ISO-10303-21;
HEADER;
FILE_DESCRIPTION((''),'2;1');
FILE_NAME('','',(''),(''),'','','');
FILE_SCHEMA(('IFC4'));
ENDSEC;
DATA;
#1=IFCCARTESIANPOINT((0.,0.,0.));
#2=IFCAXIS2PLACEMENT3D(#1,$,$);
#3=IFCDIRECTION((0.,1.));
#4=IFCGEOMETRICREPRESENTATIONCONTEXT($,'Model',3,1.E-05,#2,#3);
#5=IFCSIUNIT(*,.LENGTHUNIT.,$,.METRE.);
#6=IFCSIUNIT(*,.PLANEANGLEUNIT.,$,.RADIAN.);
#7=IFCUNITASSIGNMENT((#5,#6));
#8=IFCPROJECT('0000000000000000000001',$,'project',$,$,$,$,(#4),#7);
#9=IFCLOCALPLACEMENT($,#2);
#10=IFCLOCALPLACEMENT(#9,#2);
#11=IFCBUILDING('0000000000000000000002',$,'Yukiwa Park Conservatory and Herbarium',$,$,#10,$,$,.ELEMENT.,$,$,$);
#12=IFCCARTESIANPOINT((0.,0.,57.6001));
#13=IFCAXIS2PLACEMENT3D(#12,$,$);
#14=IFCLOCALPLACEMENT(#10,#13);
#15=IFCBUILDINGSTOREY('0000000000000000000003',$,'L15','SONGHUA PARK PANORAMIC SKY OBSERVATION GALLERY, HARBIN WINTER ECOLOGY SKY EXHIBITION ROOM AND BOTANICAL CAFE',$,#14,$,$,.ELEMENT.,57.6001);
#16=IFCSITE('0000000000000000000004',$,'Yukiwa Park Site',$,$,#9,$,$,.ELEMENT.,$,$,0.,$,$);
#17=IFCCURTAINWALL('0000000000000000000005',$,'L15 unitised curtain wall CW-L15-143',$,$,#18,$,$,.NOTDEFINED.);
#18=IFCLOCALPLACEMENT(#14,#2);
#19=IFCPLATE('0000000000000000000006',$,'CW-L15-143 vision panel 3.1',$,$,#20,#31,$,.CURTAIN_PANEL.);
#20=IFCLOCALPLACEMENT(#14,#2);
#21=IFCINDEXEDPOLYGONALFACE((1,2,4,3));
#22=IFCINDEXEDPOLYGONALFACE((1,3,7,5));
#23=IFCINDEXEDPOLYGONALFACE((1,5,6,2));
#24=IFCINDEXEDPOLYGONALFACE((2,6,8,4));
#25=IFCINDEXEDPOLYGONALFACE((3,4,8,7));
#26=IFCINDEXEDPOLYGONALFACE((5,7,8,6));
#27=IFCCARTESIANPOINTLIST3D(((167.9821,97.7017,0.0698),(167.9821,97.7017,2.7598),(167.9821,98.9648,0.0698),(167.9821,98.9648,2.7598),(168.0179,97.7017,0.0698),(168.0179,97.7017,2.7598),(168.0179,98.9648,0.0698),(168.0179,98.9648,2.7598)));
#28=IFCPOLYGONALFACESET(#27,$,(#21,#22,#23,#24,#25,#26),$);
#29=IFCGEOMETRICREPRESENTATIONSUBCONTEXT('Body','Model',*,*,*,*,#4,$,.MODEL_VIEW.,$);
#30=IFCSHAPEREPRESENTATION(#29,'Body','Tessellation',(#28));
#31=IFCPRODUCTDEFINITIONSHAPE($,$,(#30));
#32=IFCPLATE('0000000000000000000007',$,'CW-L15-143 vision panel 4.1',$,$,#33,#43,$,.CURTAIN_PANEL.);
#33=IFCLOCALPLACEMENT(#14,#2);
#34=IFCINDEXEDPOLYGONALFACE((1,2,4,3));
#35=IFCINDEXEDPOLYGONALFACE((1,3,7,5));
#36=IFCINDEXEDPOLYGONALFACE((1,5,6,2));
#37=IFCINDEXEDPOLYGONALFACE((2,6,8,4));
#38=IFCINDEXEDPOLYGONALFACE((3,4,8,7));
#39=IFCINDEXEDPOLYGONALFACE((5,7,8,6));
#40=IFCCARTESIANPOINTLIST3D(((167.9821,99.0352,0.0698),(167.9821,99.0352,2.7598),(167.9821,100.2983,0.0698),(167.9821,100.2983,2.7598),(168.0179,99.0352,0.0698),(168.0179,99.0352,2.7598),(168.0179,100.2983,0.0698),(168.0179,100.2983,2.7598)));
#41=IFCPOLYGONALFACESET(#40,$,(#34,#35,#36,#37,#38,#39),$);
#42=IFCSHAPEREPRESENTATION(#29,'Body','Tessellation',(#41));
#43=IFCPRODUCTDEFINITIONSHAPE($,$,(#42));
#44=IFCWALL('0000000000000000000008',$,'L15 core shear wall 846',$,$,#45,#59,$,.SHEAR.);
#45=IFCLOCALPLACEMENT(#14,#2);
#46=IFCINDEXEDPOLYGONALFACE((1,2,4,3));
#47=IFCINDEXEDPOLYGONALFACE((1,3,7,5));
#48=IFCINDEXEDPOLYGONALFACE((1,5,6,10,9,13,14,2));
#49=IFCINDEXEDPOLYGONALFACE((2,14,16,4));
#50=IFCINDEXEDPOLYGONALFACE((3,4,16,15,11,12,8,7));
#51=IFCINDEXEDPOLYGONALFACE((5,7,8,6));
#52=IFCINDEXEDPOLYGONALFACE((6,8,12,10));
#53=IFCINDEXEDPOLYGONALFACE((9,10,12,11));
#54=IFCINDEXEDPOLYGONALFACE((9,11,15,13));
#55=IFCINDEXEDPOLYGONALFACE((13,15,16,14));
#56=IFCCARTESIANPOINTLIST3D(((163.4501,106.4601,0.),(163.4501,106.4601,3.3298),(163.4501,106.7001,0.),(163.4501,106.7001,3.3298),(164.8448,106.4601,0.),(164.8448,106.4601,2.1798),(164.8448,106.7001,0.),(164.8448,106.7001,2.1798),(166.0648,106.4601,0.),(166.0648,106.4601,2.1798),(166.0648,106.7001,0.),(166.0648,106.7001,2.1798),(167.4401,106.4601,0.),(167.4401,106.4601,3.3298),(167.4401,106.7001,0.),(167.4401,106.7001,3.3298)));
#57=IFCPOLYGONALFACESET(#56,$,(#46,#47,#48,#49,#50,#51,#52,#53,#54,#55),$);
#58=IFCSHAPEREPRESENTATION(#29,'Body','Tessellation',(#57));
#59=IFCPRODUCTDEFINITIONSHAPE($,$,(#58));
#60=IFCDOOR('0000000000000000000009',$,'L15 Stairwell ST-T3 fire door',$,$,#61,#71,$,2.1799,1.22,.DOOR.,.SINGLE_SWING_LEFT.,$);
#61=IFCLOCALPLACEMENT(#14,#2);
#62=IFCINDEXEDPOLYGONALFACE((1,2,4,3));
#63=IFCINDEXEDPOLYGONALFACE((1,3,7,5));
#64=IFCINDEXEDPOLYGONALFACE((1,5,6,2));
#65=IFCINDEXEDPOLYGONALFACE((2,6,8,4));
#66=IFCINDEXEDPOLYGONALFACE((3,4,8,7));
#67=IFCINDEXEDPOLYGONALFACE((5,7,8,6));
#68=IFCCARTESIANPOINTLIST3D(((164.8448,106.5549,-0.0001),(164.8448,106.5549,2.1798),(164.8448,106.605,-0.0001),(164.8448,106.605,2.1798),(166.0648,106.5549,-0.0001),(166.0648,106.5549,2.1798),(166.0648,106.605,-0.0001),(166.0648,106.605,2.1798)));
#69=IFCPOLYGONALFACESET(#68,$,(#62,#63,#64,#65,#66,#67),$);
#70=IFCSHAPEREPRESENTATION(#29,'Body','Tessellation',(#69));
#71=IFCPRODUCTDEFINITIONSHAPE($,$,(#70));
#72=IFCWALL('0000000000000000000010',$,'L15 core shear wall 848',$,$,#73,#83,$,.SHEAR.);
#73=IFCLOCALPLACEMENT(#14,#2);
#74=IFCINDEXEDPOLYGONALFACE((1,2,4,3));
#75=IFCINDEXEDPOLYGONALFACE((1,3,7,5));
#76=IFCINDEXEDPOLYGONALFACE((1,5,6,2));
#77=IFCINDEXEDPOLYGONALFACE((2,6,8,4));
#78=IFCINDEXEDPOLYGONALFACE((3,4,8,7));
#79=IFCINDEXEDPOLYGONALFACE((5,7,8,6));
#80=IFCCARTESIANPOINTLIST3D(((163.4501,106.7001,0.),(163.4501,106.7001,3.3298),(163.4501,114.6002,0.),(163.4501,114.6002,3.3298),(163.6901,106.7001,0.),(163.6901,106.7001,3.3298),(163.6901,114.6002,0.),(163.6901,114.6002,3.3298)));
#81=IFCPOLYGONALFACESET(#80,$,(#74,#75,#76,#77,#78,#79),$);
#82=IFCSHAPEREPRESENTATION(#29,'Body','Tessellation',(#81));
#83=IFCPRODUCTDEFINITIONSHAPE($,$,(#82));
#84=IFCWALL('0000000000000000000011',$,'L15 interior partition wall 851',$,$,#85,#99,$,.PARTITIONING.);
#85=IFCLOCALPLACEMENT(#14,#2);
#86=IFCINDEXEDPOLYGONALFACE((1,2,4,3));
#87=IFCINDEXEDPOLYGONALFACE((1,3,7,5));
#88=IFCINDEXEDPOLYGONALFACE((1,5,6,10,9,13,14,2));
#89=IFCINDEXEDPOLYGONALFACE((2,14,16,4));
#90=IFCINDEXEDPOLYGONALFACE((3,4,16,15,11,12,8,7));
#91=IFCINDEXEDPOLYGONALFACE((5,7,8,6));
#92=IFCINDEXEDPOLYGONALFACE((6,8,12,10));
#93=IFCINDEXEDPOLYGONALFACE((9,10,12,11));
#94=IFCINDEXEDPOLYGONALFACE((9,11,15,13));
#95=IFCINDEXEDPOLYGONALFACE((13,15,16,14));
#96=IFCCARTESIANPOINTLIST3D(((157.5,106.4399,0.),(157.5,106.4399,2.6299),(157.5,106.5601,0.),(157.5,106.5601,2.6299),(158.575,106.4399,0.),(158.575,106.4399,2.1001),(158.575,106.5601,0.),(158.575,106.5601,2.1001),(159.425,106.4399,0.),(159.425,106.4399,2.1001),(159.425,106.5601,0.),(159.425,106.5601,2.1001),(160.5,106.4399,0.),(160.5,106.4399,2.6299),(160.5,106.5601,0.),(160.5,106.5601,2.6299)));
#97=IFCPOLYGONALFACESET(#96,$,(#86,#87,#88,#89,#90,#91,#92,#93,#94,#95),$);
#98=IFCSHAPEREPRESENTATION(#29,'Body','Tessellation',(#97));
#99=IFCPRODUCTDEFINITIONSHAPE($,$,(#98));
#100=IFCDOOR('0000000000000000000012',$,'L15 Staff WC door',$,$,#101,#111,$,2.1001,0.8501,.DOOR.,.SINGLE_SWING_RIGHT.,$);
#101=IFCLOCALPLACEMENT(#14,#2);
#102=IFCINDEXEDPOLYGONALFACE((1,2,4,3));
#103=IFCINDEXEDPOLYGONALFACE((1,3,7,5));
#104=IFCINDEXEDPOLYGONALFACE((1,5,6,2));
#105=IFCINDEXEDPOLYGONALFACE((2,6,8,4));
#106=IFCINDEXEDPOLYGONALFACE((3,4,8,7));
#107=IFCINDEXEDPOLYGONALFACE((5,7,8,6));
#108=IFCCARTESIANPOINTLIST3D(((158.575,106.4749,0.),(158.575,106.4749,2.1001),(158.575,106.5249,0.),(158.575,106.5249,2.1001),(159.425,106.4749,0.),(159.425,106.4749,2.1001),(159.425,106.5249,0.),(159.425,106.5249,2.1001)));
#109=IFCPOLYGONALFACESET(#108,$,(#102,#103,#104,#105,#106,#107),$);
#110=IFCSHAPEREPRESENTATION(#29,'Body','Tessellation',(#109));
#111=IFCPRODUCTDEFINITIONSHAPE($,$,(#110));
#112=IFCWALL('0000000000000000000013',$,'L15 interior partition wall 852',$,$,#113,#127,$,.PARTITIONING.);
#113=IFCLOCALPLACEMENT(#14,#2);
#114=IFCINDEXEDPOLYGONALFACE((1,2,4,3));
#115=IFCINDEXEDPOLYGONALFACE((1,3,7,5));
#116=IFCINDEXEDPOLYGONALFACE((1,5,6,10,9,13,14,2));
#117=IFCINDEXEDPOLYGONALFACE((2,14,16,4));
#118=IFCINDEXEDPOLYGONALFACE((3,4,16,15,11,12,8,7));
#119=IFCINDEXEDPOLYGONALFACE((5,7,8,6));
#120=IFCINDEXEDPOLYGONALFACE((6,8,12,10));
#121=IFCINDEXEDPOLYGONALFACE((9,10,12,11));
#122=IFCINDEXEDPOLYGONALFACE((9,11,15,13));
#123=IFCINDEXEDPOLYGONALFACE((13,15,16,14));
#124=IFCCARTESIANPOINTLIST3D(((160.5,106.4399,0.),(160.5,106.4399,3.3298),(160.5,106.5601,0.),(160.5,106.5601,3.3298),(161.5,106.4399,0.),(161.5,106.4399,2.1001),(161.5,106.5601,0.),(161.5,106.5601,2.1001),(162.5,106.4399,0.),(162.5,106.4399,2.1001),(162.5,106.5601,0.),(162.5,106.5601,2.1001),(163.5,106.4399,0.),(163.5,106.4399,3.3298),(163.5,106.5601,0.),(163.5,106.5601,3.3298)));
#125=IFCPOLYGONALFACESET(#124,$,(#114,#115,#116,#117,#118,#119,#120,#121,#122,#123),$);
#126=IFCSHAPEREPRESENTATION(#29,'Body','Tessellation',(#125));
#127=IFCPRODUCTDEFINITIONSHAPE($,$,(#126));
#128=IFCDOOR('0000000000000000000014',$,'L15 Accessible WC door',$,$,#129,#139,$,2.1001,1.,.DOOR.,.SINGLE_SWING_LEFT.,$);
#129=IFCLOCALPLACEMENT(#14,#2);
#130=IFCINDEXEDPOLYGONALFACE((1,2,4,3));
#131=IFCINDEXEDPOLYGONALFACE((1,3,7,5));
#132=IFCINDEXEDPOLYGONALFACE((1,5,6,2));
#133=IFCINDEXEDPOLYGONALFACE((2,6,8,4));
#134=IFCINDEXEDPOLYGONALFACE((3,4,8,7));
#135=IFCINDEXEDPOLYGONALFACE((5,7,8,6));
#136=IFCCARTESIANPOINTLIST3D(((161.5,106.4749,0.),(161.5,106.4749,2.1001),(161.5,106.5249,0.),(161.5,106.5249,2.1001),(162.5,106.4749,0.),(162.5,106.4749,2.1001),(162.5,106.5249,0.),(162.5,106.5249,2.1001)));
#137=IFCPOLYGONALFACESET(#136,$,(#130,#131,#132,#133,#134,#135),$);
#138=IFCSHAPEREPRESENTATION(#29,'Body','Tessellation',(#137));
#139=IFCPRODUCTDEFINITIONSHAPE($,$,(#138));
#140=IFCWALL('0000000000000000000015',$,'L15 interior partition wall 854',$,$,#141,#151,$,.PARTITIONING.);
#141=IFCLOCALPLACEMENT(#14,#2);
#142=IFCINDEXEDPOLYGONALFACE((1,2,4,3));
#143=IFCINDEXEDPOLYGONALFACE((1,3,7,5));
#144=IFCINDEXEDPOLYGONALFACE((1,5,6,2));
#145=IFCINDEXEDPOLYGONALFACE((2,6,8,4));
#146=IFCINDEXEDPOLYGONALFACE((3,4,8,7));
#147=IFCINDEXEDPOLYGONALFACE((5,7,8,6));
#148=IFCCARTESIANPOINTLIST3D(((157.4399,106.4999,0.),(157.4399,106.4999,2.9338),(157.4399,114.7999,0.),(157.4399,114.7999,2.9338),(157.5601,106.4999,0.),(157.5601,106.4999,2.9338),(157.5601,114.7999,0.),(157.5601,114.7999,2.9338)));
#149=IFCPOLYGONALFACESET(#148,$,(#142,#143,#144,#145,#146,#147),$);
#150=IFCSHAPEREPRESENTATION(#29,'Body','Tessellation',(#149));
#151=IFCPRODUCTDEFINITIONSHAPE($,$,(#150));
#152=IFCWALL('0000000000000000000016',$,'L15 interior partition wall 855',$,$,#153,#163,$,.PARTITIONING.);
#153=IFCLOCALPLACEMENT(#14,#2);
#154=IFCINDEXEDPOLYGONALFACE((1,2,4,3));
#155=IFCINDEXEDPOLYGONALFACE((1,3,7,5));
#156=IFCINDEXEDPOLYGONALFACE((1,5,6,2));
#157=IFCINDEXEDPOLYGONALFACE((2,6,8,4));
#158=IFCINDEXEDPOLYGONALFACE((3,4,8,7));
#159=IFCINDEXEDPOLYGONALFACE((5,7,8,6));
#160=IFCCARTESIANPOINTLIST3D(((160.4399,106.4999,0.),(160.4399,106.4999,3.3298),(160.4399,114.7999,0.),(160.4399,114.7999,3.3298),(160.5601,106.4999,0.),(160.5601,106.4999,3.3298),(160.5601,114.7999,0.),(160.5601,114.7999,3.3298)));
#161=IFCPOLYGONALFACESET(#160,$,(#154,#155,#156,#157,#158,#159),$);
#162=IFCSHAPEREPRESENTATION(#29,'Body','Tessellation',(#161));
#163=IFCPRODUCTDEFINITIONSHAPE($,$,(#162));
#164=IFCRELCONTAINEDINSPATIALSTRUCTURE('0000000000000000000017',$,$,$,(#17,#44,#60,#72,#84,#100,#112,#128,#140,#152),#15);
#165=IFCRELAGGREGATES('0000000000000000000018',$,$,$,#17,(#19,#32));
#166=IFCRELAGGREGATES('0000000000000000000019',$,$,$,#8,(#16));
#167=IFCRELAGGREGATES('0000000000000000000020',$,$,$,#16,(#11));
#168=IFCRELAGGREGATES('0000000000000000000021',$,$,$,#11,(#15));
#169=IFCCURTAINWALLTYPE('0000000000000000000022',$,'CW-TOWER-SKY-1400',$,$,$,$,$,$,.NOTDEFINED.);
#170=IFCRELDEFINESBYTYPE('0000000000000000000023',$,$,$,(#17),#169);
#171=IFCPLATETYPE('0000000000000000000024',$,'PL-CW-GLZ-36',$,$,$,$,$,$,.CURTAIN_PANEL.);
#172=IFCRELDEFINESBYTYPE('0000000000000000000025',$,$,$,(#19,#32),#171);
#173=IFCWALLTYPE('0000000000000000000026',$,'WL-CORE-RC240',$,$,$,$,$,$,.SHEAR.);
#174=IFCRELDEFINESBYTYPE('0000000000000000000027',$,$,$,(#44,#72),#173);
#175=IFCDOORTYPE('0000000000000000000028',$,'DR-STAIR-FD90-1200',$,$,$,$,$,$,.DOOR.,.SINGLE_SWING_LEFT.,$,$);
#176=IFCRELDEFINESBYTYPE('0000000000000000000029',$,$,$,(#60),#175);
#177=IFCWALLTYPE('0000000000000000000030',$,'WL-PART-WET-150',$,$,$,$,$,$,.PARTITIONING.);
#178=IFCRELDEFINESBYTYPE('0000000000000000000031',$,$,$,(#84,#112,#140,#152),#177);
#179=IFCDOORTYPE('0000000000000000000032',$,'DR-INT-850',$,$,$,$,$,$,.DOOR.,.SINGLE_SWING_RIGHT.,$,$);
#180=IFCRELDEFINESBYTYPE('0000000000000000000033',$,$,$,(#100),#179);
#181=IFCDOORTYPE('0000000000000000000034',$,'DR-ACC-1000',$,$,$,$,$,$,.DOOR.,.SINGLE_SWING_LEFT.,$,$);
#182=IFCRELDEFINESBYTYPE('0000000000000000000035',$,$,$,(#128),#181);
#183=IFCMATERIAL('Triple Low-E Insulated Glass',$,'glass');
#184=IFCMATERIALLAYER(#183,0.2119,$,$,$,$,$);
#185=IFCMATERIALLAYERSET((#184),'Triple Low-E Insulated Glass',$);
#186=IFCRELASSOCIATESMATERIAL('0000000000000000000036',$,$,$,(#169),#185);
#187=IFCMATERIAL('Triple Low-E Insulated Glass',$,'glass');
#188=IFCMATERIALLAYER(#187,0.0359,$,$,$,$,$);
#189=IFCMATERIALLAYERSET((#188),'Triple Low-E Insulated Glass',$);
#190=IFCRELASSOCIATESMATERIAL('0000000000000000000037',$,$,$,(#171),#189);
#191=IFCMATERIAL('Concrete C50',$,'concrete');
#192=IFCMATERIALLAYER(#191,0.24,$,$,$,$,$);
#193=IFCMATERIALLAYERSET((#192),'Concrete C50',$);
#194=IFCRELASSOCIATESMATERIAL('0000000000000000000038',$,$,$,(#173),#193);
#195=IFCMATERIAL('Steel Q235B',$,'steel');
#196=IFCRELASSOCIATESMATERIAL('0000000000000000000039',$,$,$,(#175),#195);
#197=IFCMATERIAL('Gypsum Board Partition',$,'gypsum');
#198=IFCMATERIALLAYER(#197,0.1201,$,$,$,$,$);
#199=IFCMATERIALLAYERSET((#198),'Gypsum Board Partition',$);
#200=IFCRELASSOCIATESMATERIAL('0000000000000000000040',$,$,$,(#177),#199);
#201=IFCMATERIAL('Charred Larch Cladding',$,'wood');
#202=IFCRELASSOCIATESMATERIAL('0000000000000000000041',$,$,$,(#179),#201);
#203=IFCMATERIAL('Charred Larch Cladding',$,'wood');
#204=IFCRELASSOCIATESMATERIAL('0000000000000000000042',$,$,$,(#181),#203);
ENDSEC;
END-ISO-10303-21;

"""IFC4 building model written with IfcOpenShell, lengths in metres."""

from ifc_helpers import new_model, si_unit, direction, frame, frame_2d, origin, origin_2d, place, context, subcontext, project, spatial, rectangle, extrude, material, layer, layer_set, type_object, element, fill, aggregate, save


model = new_model("IFC4")

# Units and contexts
model_context = context("Model", 3, precision=1e-05, world=origin(), true_north=direction((0.0, 1.0)))
body_context = subcontext(model_context, "Body", "Model", "MODEL_VIEW")
ifc_project = project(units=[si_unit("LENGTHUNIT", "METRE"), si_unit("PLANEANGLEUNIT", "RADIAN")], contexts=[model_context])

# Site, building, storey
site_placement = place(None, origin())
site = spatial("IfcSite", under=ifc_project, at=site_placement, Name="Yukiwa Park Site", CompositionType="ELEMENT", RefElevation=0.0)
building_placement = place(site_placement, origin())
building = spatial("IfcBuilding", under=site, at=building_placement, Name="Yukiwa Park Conservatory and Herbarium", CompositionType="ELEMENT")
storey_placement = place(building_placement, frame((0.0, 0.0, 57.6001)))
storey = spatial("IfcBuildingStorey", under=building, at=storey_placement, Name="L15", Description="SONGHUA PARK PANORAMIC SKY OBSERVATION GALLERY, HARBIN WINTER ECOLOGY SKY EXHIBITION ROOM AND BOTANICAL CAFE", CompositionType="ELEMENT", Elevation=57.6001)

# Curtain wall, plates
ifc_material_1 = material(Name="Triple Low-E Insulated Glass", Category="glass")
ifc_layer_1 = layer(ifc_material_1, 0.2119)
ifc_layer_set_1 = layer_set([ifc_layer_1], Name="Triple Low-E Insulated Glass")
curtain_wall_type = type_object("IfcCurtainWallType", Name="CW-TOWER-SKY-1400", PredefinedType="NOTDEFINED", material=ifc_layer_set_1)
curtain_wall_placement = place(storey_placement, origin())
curtain_wall = element("IfcCurtainWall", 1, at=curtain_wall_placement, inside=storey, type_object=curtain_wall_type, Name="L15 unitised curtain wall CW-L15-143", PredefinedType="NOTDEFINED")
ifc_material_2 = material(Name="Triple Low-E Insulated Glass", Category="glass")
ifc_layer_2 = layer(ifc_material_2, 0.0359)
ifc_layer_set_2 = layer_set([ifc_layer_2], Name="Triple Low-E Insulated Glass")
plate_type = type_object("IfcPlateType", Name="PL-CW-GLZ-36", PredefinedType="CURTAIN_PANEL", material=ifc_layer_set_2)
plate_1_placement = place(storey_placement, frame((168.0, 98.3333, 0.0698), z_axis=(0.0, 0.0, 1.0), x_axis=(0.0, 1.0, 0.0)))
plate_1 = element("IfcPlate", 2, at=plate_1_placement, type_object=plate_type, Name="CW-L15-143 vision panel 3.1", PredefinedType="CURTAIN_PANEL", context=body_context, shape_type="SweptSolid", body=[
    extrude(rectangle(XDim=1.2632, YDim=0.0359, at=origin_2d()), origin(), (0.0, 0.0, 1.0), 2.6899),
])
plate_2_placement = place(storey_placement, frame((168.0, 99.6667, 0.0698), z_axis=(0.0, 0.0, 1.0), x_axis=(0.0, 1.0, 0.0)))
plate_2 = element("IfcPlate", 3, at=plate_2_placement, type_object=plate_type, Name="CW-L15-143 vision panel 4.1", PredefinedType="CURTAIN_PANEL", context=body_context, shape_type="SweptSolid", body=[
    extrude(rectangle(XDim=1.2632, YDim=0.0359, at=origin_2d()), origin(), (0.0, 0.0, 1.0), 2.6899),
])
aggregate(curtain_wall, [plate_1, plate_2])

# Wall, opening, door
ifc_material_3 = material(Name="Concrete C50", Category="concrete")
ifc_layer_3 = layer(ifc_material_3, 0.24)
ifc_layer_set_3 = layer_set([ifc_layer_3], Name="Concrete C50")
wall_type_1 = type_object("IfcWallType", Name="WL-CORE-RC240", PredefinedType="SHEAR", material=ifc_layer_set_3)
wall_1_placement = place(storey_placement, frame((163.45, 106.5801, 0.0), z_axis=(0.0, 0.0, 1.0), x_axis=(1.0, 0.0, 0.0)))
wall_1 = element("IfcWall", 4, at=wall_1_placement, inside=storey, type_object=wall_type_1, Name="L15 core shear wall 846", PredefinedType="SHEAR", context=body_context, shape_type="SweptSolid", body=[
    extrude(rectangle(XDim=3.99, YDim=0.24, at=frame_2d((1.9951, 0.0))), origin(), (0.0, 0.0, 1.0), 3.3298),
])
opening_1_placement = place(wall_1_placement, frame((1.395, 0.0, 0.0)))
opening_1 = element("IfcOpeningElement", 5, at=opening_1_placement, cuts=wall_1, PredefinedType="OPENING", context=body_context, shape_type="SweptSolid", body=[
    extrude(rectangle(XDim=1.22, YDim=2.1799, at=frame_2d((0.6099, 1.0898))), frame((0.0, 0.1299, 0.0), z_axis=(0.0, -1.0, 0.0), x_axis=(1.0, 0.0, 0.0)), (0.0, 0.0, 1.0), 0.26),
])
ifc_material_4 = material(Name="Steel Q235B", Category="steel")
door_type_1 = type_object("IfcDoorType", Name="DR-STAIR-FD90-1200", OperationType="SINGLE_SWING_LEFT", PredefinedType="DOOR", material=ifc_material_4)
door_1_placement = place(opening_1_placement, origin())
door_1 = element("IfcDoor", 6, at=door_1_placement, inside=storey, type_object=door_type_1, Name="L15 Stairwell ST-T3 fire door", OperationType="SINGLE_SWING_LEFT", OverallHeight=2.1799, OverallWidth=1.22, PredefinedType="DOOR", context=body_context, shape_type="SweptSolid", body=[
    extrude(rectangle(XDim=1.22, YDim=2.1799, at=frame_2d((0.6099, 1.0898))), frame((0.0, 0.0249, 0.0), z_axis=(0.0, -1.0, 0.0), x_axis=(1.0, 0.0, 0.0)), (0.0, 0.0, 1.0), 0.05),
])
fill(opening_1, door_1)

# Wall
wall_2_placement = place(storey_placement, frame((163.5701, 106.7, 0.0), z_axis=(0.0, 0.0, 1.0), x_axis=(0.0, 1.0, 0.0)))
element("IfcWall", 7, at=wall_2_placement, inside=storey, type_object=wall_type_1, Name="L15 core shear wall 848", PredefinedType="SHEAR", context=body_context, shape_type="SweptSolid", body=[
    extrude(rectangle(XDim=7.9001, YDim=0.24, at=frame_2d((3.9502, 0.0))), origin(), (0.0, 0.0, 1.0), 3.3298),
])

# Walls, openings, doors
ifc_material_5 = material(Name="Gypsum Board Partition", Category="gypsum")
ifc_layer_4 = layer(ifc_material_5, 0.1201)
ifc_layer_set_4 = layer_set([ifc_layer_4], Name="Gypsum Board Partition")
wall_type_2 = type_object("IfcWallType", Name="WL-PART-WET-150", PredefinedType="PARTITIONING", material=ifc_layer_set_4)
wall_3_placement = place(storey_placement, frame((157.5, 106.5, 0.0), z_axis=(0.0, 0.0, 1.0), x_axis=(1.0, 0.0, 0.0)))
wall_3 = element("IfcWall", 8, at=wall_3_placement, inside=storey, type_object=wall_type_2, Name="L15 interior partition wall 851", PredefinedType="PARTITIONING", context=body_context, shape_type="SweptSolid", body=[
    extrude(rectangle(XDim=3.0, YDim=0.1201, at=frame_2d((1.5, 0.0))), origin(), (0.0, 0.0, 1.0), 2.6299),
])
opening_2_placement = place(wall_3_placement, frame((1.075, 0.0, 0.0)))
opening_2 = element("IfcOpeningElement", 9, at=opening_2_placement, cuts=wall_3, PredefinedType="OPENING", context=body_context, shape_type="SweptSolid", body=[
    extrude(rectangle(XDim=0.8501, YDim=2.1001, at=frame_2d((0.425, 1.05))), frame((0.0, 0.0701, 0.0), z_axis=(0.0, -1.0, 0.0), x_axis=(1.0, 0.0, 0.0)), (0.0, 0.0, 1.0), 0.1401),
])
ifc_material_6 = material(Name="Charred Larch Cladding", Category="wood")
door_type_2 = type_object("IfcDoorType", Name="DR-INT-850", OperationType="SINGLE_SWING_RIGHT", PredefinedType="DOOR", material=ifc_material_6)
door_2_placement = place(opening_2_placement, origin())
door_2 = element("IfcDoor", 10, at=door_2_placement, inside=storey, type_object=door_type_2, Name="L15 Staff WC door", OperationType="SINGLE_SWING_RIGHT", OverallHeight=2.1001, OverallWidth=0.8501, PredefinedType="DOOR", context=body_context, shape_type="SweptSolid", body=[
    extrude(rectangle(XDim=0.8501, YDim=2.1001, at=frame_2d((0.425, 1.05))), frame((0.0, 0.0249, 0.0), z_axis=(0.0, -1.0, 0.0), x_axis=(1.0, 0.0, 0.0)), (0.0, 0.0, 1.0), 0.05),
])
fill(opening_2, door_2)
wall_4_placement = place(storey_placement, frame((160.5, 106.5, 0.0), z_axis=(0.0, 0.0, 1.0), x_axis=(1.0, 0.0, 0.0)))
wall_4 = element("IfcWall", 11, at=wall_4_placement, inside=storey, type_object=wall_type_2, Name="L15 interior partition wall 852", PredefinedType="PARTITIONING", context=body_context, shape_type="SweptSolid", body=[
    extrude(rectangle(XDim=3.0, YDim=0.1201, at=frame_2d((1.5, 0.0))), origin(), (0.0, 0.0, 1.0), 3.3298),
])
opening_3_placement = place(wall_4_placement, frame((1.0, 0.0, 0.0)))
opening_3 = element("IfcOpeningElement", 12, at=opening_3_placement, cuts=wall_4, PredefinedType="OPENING", context=body_context, shape_type="SweptSolid", body=[
    extrude(rectangle(XDim=1.0, YDim=2.1001, at=frame_2d((0.5, 1.05))), frame((0.0, 0.0701, 0.0), z_axis=(0.0, -1.0, 0.0), x_axis=(1.0, 0.0, 0.0)), (0.0, 0.0, 1.0), 0.1401),
])
ifc_material_7 = material(Name="Charred Larch Cladding", Category="wood")
door_type_3 = type_object("IfcDoorType", Name="DR-ACC-1000", OperationType="SINGLE_SWING_LEFT", PredefinedType="DOOR", material=ifc_material_7)
door_3_placement = place(opening_3_placement, origin())
door_3 = element("IfcDoor", 13, at=door_3_placement, inside=storey, type_object=door_type_3, Name="L15 Accessible WC door", OperationType="SINGLE_SWING_LEFT", OverallHeight=2.1001, OverallWidth=1.0, PredefinedType="DOOR", context=body_context, shape_type="SweptSolid", body=[
    extrude(rectangle(XDim=1.0, YDim=2.1001, at=frame_2d((0.5, 1.05))), frame((0.0, 0.0249, 0.0), z_axis=(0.0, -1.0, 0.0), x_axis=(1.0, 0.0, 0.0)), (0.0, 0.0, 1.0), 0.05),
])
fill(opening_3, door_3)

# Walls
wall_5_placement = place(storey_placement, frame((157.5, 106.5, 0.0), z_axis=(0.0, 0.0, 1.0), x_axis=(0.0, 1.0, 0.0)))
element("IfcWall", 14, at=wall_5_placement, inside=storey, type_object=wall_type_2, Name="L15 interior partition wall 854", PredefinedType="PARTITIONING", context=body_context, shape_type="SweptSolid", body=[
    extrude(rectangle(XDim=8.3, YDim=0.1201, at=frame_2d((4.1499, 0.0))), origin(), (0.0, 0.0, 1.0), 2.9338),
])
wall_6_placement = place(storey_placement, frame((160.5, 106.5, 0.0), z_axis=(0.0, 0.0, 1.0), x_axis=(0.0, 1.0, 0.0)))
element("IfcWall", 15, at=wall_6_placement, inside=storey, type_object=wall_type_2, Name="L15 interior partition wall 855", PredefinedType="PARTITIONING", context=body_context, shape_type="SweptSolid", body=[
    extrude(rectangle(XDim=8.3, YDim=0.1201, at=frame_2d((4.1499, 0.0))), origin(), (0.0, 0.0, 1.0), 3.3298),
])

save(model, "model.ifc")
